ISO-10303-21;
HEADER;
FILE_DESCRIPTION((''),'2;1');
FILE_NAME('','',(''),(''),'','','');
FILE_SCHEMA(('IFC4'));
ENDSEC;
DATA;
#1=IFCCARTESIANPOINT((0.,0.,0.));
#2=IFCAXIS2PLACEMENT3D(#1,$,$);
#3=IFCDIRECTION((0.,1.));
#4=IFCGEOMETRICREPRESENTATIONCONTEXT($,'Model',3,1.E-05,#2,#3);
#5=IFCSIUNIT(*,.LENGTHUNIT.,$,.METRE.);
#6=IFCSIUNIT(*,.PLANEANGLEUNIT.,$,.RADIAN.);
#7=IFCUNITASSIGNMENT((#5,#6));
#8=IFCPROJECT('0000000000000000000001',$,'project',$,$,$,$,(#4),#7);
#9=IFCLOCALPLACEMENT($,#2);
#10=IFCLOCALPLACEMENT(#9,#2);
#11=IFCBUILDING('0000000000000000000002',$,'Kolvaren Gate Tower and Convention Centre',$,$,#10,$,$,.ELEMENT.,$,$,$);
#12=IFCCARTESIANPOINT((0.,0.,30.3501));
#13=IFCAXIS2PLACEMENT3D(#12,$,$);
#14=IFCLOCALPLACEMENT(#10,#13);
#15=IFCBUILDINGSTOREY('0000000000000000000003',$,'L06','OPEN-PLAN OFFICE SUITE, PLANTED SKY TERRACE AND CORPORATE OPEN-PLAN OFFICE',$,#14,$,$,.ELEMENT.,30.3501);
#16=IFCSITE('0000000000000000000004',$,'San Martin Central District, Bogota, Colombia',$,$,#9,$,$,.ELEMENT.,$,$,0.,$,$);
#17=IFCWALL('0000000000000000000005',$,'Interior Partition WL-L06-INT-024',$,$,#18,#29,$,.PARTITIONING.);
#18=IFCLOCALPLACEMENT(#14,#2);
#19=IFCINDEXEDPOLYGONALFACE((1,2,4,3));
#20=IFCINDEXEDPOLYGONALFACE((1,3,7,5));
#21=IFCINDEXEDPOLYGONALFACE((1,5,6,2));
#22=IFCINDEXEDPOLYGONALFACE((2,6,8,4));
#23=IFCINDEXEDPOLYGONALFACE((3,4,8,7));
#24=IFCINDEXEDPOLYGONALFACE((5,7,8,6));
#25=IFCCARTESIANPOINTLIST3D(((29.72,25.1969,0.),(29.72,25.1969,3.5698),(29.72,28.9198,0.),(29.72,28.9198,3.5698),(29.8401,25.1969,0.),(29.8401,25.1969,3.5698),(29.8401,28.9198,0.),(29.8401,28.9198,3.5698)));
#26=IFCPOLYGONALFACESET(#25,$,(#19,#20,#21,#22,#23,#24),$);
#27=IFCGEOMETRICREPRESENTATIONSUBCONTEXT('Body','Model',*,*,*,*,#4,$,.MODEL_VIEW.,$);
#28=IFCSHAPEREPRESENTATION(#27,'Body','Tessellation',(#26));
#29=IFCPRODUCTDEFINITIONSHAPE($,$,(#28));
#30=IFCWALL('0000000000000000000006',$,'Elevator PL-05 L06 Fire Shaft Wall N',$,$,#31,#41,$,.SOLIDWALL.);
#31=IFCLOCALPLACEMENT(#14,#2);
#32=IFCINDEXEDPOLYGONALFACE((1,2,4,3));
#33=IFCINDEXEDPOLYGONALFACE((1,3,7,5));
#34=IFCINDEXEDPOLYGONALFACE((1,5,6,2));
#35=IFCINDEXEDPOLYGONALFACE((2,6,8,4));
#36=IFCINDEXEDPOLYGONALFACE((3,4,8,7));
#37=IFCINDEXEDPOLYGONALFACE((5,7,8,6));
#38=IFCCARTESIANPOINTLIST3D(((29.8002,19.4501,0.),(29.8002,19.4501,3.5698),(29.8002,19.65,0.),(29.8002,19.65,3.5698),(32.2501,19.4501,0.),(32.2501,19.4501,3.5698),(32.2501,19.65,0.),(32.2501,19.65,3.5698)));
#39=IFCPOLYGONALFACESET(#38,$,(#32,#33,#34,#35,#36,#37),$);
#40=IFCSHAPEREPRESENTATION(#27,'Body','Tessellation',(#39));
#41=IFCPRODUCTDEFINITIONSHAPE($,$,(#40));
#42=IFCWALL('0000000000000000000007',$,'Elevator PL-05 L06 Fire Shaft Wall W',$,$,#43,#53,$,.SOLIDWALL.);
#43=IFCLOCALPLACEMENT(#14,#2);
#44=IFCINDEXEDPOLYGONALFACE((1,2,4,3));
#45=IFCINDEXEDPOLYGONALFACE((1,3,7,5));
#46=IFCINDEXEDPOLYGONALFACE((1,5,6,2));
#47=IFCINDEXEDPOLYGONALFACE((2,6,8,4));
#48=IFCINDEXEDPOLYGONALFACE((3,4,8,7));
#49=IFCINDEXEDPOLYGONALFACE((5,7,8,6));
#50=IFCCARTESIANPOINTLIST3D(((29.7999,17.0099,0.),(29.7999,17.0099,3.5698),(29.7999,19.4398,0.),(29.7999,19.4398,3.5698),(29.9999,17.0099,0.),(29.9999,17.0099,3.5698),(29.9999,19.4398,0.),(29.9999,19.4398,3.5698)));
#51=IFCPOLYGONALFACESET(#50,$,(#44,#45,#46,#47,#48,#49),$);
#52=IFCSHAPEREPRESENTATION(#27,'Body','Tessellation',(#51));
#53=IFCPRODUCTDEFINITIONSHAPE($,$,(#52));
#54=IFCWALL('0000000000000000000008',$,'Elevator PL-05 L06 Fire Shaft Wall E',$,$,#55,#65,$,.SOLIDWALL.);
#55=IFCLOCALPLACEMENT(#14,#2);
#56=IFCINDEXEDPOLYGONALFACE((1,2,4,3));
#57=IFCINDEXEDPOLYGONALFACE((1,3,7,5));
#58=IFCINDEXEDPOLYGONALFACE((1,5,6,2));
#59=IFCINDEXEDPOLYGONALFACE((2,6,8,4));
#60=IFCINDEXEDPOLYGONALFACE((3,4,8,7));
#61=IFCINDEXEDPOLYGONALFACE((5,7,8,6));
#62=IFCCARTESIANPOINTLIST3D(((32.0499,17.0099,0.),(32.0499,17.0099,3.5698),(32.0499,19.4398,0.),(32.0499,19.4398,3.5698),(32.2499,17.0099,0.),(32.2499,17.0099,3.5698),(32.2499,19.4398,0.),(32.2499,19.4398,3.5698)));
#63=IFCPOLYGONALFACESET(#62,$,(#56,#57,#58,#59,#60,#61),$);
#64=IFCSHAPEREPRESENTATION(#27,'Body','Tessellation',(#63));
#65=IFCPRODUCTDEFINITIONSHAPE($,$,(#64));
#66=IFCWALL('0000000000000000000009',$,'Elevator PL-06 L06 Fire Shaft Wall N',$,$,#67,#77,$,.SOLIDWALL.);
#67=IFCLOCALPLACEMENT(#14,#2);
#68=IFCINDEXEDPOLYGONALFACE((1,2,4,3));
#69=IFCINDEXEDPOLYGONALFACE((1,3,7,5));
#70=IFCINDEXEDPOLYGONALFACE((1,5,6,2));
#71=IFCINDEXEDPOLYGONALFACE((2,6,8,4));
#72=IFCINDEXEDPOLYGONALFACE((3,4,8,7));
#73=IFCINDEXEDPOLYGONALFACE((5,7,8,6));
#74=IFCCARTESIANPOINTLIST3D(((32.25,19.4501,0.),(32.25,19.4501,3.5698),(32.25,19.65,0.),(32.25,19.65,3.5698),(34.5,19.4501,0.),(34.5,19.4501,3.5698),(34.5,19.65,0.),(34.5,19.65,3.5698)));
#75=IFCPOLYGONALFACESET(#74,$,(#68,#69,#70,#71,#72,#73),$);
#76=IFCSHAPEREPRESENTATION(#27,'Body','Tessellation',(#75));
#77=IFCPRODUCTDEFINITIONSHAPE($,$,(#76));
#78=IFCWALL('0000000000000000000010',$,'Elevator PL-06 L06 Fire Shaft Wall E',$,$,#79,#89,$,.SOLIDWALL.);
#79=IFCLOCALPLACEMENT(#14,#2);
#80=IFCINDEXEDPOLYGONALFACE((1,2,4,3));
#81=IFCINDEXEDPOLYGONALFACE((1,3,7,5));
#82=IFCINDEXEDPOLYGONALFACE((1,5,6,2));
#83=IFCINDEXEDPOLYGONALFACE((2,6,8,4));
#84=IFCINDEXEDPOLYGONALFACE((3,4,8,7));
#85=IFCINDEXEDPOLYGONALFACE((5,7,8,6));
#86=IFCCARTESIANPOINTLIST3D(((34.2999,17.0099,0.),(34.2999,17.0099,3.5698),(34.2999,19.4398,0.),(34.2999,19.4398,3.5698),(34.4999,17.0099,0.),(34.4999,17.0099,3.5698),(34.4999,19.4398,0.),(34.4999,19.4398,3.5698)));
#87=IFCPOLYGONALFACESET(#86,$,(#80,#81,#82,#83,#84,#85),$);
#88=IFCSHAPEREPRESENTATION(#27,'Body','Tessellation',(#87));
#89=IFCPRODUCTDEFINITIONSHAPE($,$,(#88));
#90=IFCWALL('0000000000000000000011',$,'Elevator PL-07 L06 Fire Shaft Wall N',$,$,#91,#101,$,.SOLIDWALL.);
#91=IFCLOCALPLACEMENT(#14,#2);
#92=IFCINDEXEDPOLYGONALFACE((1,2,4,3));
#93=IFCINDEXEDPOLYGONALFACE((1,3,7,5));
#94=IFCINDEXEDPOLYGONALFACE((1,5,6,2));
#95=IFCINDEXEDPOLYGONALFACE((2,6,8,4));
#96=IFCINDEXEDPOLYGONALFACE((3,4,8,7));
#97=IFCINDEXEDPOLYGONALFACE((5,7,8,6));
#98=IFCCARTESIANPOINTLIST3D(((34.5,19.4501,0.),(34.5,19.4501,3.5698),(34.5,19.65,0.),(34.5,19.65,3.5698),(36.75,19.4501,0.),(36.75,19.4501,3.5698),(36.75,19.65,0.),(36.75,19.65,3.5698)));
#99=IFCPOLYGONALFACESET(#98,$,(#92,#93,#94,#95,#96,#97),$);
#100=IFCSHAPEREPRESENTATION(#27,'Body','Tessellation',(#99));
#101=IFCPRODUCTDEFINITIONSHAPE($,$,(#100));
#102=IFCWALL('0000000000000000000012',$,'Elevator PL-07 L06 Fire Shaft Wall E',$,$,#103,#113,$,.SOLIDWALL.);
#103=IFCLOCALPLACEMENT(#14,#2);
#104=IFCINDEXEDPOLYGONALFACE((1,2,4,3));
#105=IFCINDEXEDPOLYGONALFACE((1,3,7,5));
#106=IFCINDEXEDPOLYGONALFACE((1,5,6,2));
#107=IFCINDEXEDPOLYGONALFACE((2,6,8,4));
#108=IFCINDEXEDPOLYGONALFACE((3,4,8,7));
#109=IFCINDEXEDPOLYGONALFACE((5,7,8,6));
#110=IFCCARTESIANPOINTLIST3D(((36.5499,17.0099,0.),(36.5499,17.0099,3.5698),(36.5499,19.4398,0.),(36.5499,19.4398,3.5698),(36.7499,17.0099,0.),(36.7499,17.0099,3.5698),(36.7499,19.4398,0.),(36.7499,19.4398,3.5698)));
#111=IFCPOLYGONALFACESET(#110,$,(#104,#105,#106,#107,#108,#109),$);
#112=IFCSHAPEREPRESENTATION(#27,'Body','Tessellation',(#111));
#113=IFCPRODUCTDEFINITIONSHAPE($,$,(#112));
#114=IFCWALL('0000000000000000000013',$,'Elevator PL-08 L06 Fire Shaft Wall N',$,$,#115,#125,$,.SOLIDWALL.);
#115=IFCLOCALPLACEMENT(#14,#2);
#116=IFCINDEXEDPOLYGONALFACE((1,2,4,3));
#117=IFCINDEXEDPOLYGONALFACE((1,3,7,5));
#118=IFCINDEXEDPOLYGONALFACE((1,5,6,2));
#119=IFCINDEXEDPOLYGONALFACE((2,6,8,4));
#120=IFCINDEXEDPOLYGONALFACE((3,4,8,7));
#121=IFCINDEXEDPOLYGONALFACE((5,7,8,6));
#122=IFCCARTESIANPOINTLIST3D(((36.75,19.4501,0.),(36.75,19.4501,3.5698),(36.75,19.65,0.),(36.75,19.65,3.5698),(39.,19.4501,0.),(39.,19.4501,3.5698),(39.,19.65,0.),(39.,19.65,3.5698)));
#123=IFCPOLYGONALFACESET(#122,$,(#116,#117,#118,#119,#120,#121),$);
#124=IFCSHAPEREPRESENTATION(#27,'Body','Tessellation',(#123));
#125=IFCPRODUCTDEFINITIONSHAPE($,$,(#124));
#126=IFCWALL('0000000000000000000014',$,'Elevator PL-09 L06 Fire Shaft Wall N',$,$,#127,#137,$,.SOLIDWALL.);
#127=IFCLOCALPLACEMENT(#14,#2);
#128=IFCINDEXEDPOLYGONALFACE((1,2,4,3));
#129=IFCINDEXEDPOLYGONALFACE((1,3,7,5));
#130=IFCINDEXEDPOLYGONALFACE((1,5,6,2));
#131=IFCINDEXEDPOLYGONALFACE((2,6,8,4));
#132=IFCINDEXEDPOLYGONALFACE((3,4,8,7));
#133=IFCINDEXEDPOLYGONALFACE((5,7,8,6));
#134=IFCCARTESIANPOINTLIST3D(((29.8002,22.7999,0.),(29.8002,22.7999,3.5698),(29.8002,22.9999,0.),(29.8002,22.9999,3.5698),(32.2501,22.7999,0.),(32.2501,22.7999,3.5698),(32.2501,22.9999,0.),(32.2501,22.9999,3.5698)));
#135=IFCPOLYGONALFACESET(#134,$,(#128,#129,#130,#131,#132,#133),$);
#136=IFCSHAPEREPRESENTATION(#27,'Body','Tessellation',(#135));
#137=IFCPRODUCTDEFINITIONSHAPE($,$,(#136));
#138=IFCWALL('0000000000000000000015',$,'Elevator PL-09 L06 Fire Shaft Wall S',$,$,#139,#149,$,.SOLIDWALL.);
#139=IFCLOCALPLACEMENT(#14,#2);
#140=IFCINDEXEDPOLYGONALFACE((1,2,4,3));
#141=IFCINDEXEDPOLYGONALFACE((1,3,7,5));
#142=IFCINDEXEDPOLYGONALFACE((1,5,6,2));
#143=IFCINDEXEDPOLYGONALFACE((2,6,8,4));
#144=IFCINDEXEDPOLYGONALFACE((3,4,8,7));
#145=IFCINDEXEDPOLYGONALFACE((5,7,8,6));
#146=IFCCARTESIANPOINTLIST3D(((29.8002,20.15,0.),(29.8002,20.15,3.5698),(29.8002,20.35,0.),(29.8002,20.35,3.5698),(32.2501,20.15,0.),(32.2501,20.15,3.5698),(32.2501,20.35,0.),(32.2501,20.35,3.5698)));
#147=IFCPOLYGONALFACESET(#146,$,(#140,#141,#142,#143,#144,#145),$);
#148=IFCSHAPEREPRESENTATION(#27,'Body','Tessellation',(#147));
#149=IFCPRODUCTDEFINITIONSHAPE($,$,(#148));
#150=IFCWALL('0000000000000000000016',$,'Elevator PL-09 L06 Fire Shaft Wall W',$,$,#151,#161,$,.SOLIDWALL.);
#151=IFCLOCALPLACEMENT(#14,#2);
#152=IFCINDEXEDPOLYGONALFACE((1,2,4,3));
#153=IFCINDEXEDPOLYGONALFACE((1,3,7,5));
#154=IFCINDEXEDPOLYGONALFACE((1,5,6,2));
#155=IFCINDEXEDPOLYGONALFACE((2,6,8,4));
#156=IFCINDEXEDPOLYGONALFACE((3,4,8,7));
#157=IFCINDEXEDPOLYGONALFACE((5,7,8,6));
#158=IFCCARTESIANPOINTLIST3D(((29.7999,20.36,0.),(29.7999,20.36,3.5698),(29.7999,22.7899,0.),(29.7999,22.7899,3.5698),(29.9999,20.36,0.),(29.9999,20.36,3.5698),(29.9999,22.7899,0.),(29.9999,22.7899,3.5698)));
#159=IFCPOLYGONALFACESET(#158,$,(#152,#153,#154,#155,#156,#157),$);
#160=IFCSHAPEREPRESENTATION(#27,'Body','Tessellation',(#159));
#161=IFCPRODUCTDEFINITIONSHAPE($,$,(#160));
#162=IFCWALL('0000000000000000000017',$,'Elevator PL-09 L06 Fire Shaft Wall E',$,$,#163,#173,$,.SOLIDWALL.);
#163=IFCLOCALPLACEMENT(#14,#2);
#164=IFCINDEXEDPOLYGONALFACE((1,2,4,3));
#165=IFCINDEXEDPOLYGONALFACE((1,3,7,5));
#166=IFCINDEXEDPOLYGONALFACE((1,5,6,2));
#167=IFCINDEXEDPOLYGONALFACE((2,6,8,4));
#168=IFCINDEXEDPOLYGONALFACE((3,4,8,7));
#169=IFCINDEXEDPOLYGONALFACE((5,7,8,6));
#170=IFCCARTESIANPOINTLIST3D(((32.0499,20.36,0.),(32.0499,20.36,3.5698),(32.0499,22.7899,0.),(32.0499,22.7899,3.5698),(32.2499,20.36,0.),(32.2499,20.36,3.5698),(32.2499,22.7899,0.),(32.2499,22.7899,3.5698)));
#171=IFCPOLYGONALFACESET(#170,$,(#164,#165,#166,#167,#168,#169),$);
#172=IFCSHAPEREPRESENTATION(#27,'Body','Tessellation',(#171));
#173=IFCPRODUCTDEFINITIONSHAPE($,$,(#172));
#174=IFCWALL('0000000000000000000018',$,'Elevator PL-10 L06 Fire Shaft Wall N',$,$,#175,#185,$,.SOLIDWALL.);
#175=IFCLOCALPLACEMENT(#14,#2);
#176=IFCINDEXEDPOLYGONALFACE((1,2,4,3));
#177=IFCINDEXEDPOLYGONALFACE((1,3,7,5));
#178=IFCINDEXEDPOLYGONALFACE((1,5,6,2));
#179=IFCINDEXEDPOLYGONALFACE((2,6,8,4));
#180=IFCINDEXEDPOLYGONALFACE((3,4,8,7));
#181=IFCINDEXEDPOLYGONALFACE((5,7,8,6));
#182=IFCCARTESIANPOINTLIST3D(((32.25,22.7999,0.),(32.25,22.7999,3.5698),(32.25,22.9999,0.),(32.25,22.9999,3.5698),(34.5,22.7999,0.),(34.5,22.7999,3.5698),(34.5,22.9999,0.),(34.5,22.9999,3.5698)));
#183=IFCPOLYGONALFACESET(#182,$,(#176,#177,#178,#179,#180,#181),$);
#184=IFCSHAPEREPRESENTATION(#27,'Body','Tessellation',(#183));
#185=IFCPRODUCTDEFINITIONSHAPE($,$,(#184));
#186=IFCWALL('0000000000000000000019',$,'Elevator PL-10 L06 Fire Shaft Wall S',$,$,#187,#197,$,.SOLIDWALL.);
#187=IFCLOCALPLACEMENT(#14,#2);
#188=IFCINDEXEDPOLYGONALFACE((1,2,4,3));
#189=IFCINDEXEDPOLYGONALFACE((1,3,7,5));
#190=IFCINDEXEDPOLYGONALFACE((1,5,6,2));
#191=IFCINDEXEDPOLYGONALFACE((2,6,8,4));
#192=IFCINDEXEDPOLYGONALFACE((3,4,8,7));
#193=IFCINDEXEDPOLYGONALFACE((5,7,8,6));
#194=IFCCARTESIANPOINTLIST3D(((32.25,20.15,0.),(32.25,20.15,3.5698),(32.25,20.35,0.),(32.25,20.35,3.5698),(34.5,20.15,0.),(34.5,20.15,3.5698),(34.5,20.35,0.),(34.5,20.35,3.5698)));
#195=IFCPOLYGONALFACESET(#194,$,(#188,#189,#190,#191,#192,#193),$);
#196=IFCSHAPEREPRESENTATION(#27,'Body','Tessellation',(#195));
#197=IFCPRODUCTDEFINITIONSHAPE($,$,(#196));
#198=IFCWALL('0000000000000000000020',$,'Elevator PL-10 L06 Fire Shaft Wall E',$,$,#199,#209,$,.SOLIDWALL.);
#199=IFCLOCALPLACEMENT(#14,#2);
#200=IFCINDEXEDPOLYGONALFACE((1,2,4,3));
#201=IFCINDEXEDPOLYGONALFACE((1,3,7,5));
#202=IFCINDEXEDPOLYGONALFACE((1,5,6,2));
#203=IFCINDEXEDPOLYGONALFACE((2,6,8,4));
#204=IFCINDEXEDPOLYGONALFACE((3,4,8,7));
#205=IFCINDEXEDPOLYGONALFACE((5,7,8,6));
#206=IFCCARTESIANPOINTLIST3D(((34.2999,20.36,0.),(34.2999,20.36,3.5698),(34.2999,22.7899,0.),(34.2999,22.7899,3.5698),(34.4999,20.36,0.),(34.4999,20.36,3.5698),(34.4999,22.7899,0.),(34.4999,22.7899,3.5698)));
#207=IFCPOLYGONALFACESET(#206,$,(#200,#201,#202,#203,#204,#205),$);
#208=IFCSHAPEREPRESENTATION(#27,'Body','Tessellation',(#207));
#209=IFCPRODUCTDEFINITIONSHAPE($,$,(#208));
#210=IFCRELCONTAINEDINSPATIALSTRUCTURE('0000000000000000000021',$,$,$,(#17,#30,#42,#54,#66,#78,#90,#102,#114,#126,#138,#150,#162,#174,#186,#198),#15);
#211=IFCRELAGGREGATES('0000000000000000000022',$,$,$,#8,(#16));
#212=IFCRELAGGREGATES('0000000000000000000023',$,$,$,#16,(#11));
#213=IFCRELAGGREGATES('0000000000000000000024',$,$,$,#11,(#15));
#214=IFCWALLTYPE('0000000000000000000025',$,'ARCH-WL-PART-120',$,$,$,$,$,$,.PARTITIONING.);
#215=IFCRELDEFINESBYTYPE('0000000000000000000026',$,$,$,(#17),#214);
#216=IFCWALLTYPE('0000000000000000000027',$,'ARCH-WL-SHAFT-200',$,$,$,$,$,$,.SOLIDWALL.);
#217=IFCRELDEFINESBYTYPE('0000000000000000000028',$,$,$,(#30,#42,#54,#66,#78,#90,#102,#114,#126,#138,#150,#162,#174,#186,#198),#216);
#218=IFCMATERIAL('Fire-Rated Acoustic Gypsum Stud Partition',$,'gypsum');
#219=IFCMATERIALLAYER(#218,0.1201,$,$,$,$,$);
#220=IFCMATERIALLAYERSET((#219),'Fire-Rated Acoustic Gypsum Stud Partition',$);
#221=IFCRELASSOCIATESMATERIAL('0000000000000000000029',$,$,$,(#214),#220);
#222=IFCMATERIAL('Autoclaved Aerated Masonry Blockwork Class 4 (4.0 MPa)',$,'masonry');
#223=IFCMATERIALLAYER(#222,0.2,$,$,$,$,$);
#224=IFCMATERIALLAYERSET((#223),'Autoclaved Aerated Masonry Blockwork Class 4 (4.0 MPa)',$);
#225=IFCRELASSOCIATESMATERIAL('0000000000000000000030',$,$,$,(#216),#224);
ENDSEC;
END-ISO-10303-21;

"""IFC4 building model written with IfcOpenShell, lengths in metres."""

from ifc_helpers import new_model, si_unit, direction, frame, frame_2d, origin, place, context, subcontext, project, spatial, rectangle, extrude, material, layer, layer_set, type_object, element, save


model = new_model("IFC4")

# Units and contexts
model_context = context("Model", 3, precision=1e-05, world=origin(), true_north=direction((0.0, 1.0)))
body_context = subcontext(model_context, "Body", "Model", "MODEL_VIEW")
ifc_project = project(units=[si_unit("LENGTHUNIT", "METRE"), si_unit("PLANEANGLEUNIT", "RADIAN")], contexts=[model_context])

# Site, building, storey
site_placement = place(None, origin())
site = spatial("IfcSite", under=ifc_project, at=site_placement, Name="San Martin Central District, Bogota, Colombia", CompositionType="ELEMENT", RefElevation=0.0)
building_placement = place(site_placement, origin())
building = spatial("IfcBuilding", under=site, at=building_placement, Name="Kolvaren Gate Tower and Convention Centre", CompositionType="ELEMENT")
storey_placement = place(building_placement, frame((0.0, 0.0, 30.3501)))
storey = spatial("IfcBuildingStorey", under=building, at=storey_placement, Name="L06", Description="OPEN-PLAN OFFICE SUITE, PLANTED SKY TERRACE AND CORPORATE OPEN-PLAN OFFICE", CompositionType="ELEMENT", Elevation=30.3501)

# Walls
ifc_material_1 = material(Name="Fire-Rated Acoustic Gypsum Stud Partition", Category="gypsum")
ifc_layer_1 = layer(ifc_material_1, 0.1201)
ifc_layer_set_1 = layer_set([ifc_layer_1], Name="Fire-Rated Acoustic Gypsum Stud Partition")
wall_type_1 = type_object("IfcWallType", Name="ARCH-WL-PART-120", PredefinedType="PARTITIONING", material=ifc_layer_set_1)
wall_1_placement = place(storey_placement, frame((29.78, 25.197, 0.0), z_axis=(0.0, 0.0, 1.0), x_axis=(0.0, 1.0, 0.0)))
element("IfcWall", 1, at=wall_1_placement, inside=storey, type_object=wall_type_1, Name="Interior Partition WL-L06-INT-024", PredefinedType="PARTITIONING", context=body_context, shape_type="SweptSolid", body=[
    extrude(rectangle(XDim=3.7229, YDim=0.1201, at=frame_2d((1.8613, 0.0))), origin(), (0.0, 0.0, 1.0), 3.5698),
])
ifc_material_2 = material(Name="Autoclaved Aerated Masonry Blockwork Class 4 (4.0 MPa)", Category="masonry")
ifc_layer_2 = layer(ifc_material_2, 0.2)
ifc_layer_set_2 = layer_set([ifc_layer_2], Name="Autoclaved Aerated Masonry Blockwork Class 4 (4.0 MPa)")
wall_type_2 = type_object("IfcWallType", Name="ARCH-WL-SHAFT-200", PredefinedType="SOLIDWALL", material=ifc_layer_set_2)
wall_2_placement = place(storey_placement, frame((29.8, 19.55, 0.0), z_axis=(0.0, 0.0, 1.0), x_axis=(1.0, 0.0, 0.0)))
element("IfcWall", 2, at=wall_2_placement, inside=storey, type_object=wall_type_2, Name="Elevator PL-05 L06 Fire Shaft Wall N", PredefinedType="SOLIDWALL", context=body_context, shape_type="SweptSolid", body=[
    extrude(rectangle(XDim=2.45, YDim=0.2, at=frame_2d((1.2251, 0.0))), origin(), (0.0, 0.0, 1.0), 3.5698),
])
for number, where, z_axis, x_axis, name in (
    (3, (29.8999, 17.01, 0.0), (0.0, 0.0, 1.0), (0.0, 1.0, 0.0), "Elevator PL-05 L06 Fire Shaft Wall W"),
    (4, (32.1499, 17.01, 0.0), (0.0, 0.0, 1.0), (0.0, 1.0, 0.0), "Elevator PL-05 L06 Fire Shaft Wall E"),
):
    element("IfcWall", number, at=place(storey_placement, frame(where, z_axis=z_axis, x_axis=x_axis)), inside=storey, type_object=wall_type_2, Name=name, PredefinedType="SOLIDWALL", context=body_context, shape_type="SweptSolid", body=[
        extrude(rectangle(XDim=2.4299, YDim=0.2, at=frame_2d((1.2148, 0.0))), origin(), (0.0, 0.0, 1.0), 3.5698),
    ])
wall_3_placement = place(storey_placement, frame((32.25, 19.55, 0.0), z_axis=(0.0, 0.0, 1.0), x_axis=(1.0, 0.0, 0.0)))
element("IfcWall", 5, at=wall_3_placement, inside=storey, type_object=wall_type_2, Name="Elevator PL-06 L06 Fire Shaft Wall N", PredefinedType="SOLIDWALL", context=body_context, shape_type="SweptSolid", body=[
    extrude(rectangle(XDim=2.25, YDim=0.2, at=frame_2d((1.125, 0.0))), origin(), (0.0, 0.0, 1.0), 3.5698),
])
wall_4_placement = place(storey_placement, frame((34.3999, 17.01, 0.0), z_axis=(0.0, 0.0, 1.0), x_axis=(0.0, 1.0, 0.0)))
element("IfcWall", 6, at=wall_4_placement, inside=storey, type_object=wall_type_2, Name="Elevator PL-06 L06 Fire Shaft Wall E", PredefinedType="SOLIDWALL", context=body_context, shape_type="SweptSolid", body=[
    extrude(rectangle(XDim=2.4299, YDim=0.2, at=frame_2d((1.2148, 0.0))), origin(), (0.0, 0.0, 1.0), 3.5698),
])
wall_5_placement = place(storey_placement, frame((34.5, 19.55, 0.0), z_axis=(0.0, 0.0, 1.0), x_axis=(1.0, 0.0, 0.0)))
element("IfcWall", 7, at=wall_5_placement, inside=storey, type_object=wall_type_2, Name="Elevator PL-07 L06 Fire Shaft Wall N", PredefinedType="SOLIDWALL", context=body_context, shape_type="SweptSolid", body=[
    extrude(rectangle(XDim=2.25, YDim=0.2, at=frame_2d((1.125, 0.0))), origin(), (0.0, 0.0, 1.0), 3.5698),
])
wall_6_placement = place(storey_placement, frame((36.6499, 17.01, 0.0), z_axis=(0.0, 0.0, 1.0), x_axis=(0.0, 1.0, 0.0)))
element("IfcWall", 8, at=wall_6_placement, inside=storey, type_object=wall_type_2, Name="Elevator PL-07 L06 Fire Shaft Wall E", PredefinedType="SOLIDWALL", context=body_context, shape_type="SweptSolid", body=[
    extrude(rectangle(XDim=2.4299, YDim=0.2, at=frame_2d((1.2148, 0.0))), origin(), (0.0, 0.0, 1.0), 3.5698),
])
wall_7_placement = place(storey_placement, frame((36.75, 19.55, 0.0), z_axis=(0.0, 0.0, 1.0), x_axis=(1.0, 0.0, 0.0)))
element("IfcWall", 9, at=wall_7_placement, inside=storey, type_object=wall_type_2, Name="Elevator PL-08 L06 Fire Shaft Wall N", PredefinedType="SOLIDWALL", context=body_context, shape_type="SweptSolid", body=[
    extrude(rectangle(XDim=2.25, YDim=0.2, at=frame_2d((1.125, 0.0))), origin(), (0.0, 0.0, 1.0), 3.5698),
])
for number, where, z_axis, x_axis, name in (
    (10, (29.8, 22.8999, 0.0), (0.0, 0.0, 1.0), (1.0, 0.0, 0.0), "Elevator PL-09 L06 Fire Shaft Wall N"),
    (11, (29.8, 20.25, 0.0), (0.0, 0.0, 1.0), (1.0, 0.0, 0.0), "Elevator PL-09 L06 Fire Shaft Wall S"),
):
    element("IfcWall", number, at=place(storey_placement, frame(where, z_axis=z_axis, x_axis=x_axis)), inside=storey, type_object=wall_type_2, Name=name, PredefinedType="SOLIDWALL", context=body_context, shape_type="SweptSolid", body=[
        extrude(rectangle(XDim=2.45, YDim=0.2, at=frame_2d((1.2251, 0.0))), origin(), (0.0, 0.0, 1.0), 3.5698),
    ])
for number, where, z_axis, x_axis, name in (
    (12, (29.8999, 20.3601, 0.0), (0.0, 0.0, 1.0), (0.0, 1.0, 0.0), "Elevator PL-09 L06 Fire Shaft Wall W"),
    (13, (32.1499, 20.3601, 0.0), (0.0, 0.0, 1.0), (0.0, 1.0, 0.0), "Elevator PL-09 L06 Fire Shaft Wall E"),
):
    element("IfcWall", number, at=place(storey_placement, frame(where, z_axis=z_axis, x_axis=x_axis)), inside=storey, type_object=wall_type_2, Name=name, PredefinedType="SOLIDWALL", context=body_context, shape_type="SweptSolid", body=[
        extrude(rectangle(XDim=2.4299, YDim=0.2, at=frame_2d((1.2148, 0.0))), origin(), (0.0, 0.0, 1.0), 3.5698),
    ])
for number, where, z_axis, x_axis, name in (
    (14, (32.25, 22.8999, 0.0), (0.0, 0.0, 1.0), (1.0, 0.0, 0.0), "Elevator PL-10 L06 Fire Shaft Wall N"),
    (15, (32.25, 20.25, 0.0), (0.0, 0.0, 1.0), (1.0, 0.0, 0.0), "Elevator PL-10 L06 Fire Shaft Wall S"),
):
    element("IfcWall", number, at=place(storey_placement, frame(where, z_axis=z_axis, x_axis=x_axis)), inside=storey, type_object=wall_type_2, Name=name, PredefinedType="SOLIDWALL", context=body_context, shape_type="SweptSolid", body=[
        extrude(rectangle(XDim=2.25, YDim=0.2, at=frame_2d((1.125, 0.0))), origin(), (0.0, 0.0, 1.0), 3.5698),
    ])
wall_8_placement = place(storey_placement, frame((34.3999, 20.3601, 0.0), z_axis=(0.0, 0.0, 1.0), x_axis=(0.0, 1.0, 0.0)))
element("IfcWall", 16, at=wall_8_placement, inside=storey, type_object=wall_type_2, Name="Elevator PL-10 L06 Fire Shaft Wall E", PredefinedType="SOLIDWALL", context=body_context, shape_type="SweptSolid", body=[
    extrude(rectangle(XDim=2.4299, YDim=0.2, at=frame_2d((1.2148, 0.0))), origin(), (0.0, 0.0, 1.0), 3.5698),
])

save(model, "model.ifc")
